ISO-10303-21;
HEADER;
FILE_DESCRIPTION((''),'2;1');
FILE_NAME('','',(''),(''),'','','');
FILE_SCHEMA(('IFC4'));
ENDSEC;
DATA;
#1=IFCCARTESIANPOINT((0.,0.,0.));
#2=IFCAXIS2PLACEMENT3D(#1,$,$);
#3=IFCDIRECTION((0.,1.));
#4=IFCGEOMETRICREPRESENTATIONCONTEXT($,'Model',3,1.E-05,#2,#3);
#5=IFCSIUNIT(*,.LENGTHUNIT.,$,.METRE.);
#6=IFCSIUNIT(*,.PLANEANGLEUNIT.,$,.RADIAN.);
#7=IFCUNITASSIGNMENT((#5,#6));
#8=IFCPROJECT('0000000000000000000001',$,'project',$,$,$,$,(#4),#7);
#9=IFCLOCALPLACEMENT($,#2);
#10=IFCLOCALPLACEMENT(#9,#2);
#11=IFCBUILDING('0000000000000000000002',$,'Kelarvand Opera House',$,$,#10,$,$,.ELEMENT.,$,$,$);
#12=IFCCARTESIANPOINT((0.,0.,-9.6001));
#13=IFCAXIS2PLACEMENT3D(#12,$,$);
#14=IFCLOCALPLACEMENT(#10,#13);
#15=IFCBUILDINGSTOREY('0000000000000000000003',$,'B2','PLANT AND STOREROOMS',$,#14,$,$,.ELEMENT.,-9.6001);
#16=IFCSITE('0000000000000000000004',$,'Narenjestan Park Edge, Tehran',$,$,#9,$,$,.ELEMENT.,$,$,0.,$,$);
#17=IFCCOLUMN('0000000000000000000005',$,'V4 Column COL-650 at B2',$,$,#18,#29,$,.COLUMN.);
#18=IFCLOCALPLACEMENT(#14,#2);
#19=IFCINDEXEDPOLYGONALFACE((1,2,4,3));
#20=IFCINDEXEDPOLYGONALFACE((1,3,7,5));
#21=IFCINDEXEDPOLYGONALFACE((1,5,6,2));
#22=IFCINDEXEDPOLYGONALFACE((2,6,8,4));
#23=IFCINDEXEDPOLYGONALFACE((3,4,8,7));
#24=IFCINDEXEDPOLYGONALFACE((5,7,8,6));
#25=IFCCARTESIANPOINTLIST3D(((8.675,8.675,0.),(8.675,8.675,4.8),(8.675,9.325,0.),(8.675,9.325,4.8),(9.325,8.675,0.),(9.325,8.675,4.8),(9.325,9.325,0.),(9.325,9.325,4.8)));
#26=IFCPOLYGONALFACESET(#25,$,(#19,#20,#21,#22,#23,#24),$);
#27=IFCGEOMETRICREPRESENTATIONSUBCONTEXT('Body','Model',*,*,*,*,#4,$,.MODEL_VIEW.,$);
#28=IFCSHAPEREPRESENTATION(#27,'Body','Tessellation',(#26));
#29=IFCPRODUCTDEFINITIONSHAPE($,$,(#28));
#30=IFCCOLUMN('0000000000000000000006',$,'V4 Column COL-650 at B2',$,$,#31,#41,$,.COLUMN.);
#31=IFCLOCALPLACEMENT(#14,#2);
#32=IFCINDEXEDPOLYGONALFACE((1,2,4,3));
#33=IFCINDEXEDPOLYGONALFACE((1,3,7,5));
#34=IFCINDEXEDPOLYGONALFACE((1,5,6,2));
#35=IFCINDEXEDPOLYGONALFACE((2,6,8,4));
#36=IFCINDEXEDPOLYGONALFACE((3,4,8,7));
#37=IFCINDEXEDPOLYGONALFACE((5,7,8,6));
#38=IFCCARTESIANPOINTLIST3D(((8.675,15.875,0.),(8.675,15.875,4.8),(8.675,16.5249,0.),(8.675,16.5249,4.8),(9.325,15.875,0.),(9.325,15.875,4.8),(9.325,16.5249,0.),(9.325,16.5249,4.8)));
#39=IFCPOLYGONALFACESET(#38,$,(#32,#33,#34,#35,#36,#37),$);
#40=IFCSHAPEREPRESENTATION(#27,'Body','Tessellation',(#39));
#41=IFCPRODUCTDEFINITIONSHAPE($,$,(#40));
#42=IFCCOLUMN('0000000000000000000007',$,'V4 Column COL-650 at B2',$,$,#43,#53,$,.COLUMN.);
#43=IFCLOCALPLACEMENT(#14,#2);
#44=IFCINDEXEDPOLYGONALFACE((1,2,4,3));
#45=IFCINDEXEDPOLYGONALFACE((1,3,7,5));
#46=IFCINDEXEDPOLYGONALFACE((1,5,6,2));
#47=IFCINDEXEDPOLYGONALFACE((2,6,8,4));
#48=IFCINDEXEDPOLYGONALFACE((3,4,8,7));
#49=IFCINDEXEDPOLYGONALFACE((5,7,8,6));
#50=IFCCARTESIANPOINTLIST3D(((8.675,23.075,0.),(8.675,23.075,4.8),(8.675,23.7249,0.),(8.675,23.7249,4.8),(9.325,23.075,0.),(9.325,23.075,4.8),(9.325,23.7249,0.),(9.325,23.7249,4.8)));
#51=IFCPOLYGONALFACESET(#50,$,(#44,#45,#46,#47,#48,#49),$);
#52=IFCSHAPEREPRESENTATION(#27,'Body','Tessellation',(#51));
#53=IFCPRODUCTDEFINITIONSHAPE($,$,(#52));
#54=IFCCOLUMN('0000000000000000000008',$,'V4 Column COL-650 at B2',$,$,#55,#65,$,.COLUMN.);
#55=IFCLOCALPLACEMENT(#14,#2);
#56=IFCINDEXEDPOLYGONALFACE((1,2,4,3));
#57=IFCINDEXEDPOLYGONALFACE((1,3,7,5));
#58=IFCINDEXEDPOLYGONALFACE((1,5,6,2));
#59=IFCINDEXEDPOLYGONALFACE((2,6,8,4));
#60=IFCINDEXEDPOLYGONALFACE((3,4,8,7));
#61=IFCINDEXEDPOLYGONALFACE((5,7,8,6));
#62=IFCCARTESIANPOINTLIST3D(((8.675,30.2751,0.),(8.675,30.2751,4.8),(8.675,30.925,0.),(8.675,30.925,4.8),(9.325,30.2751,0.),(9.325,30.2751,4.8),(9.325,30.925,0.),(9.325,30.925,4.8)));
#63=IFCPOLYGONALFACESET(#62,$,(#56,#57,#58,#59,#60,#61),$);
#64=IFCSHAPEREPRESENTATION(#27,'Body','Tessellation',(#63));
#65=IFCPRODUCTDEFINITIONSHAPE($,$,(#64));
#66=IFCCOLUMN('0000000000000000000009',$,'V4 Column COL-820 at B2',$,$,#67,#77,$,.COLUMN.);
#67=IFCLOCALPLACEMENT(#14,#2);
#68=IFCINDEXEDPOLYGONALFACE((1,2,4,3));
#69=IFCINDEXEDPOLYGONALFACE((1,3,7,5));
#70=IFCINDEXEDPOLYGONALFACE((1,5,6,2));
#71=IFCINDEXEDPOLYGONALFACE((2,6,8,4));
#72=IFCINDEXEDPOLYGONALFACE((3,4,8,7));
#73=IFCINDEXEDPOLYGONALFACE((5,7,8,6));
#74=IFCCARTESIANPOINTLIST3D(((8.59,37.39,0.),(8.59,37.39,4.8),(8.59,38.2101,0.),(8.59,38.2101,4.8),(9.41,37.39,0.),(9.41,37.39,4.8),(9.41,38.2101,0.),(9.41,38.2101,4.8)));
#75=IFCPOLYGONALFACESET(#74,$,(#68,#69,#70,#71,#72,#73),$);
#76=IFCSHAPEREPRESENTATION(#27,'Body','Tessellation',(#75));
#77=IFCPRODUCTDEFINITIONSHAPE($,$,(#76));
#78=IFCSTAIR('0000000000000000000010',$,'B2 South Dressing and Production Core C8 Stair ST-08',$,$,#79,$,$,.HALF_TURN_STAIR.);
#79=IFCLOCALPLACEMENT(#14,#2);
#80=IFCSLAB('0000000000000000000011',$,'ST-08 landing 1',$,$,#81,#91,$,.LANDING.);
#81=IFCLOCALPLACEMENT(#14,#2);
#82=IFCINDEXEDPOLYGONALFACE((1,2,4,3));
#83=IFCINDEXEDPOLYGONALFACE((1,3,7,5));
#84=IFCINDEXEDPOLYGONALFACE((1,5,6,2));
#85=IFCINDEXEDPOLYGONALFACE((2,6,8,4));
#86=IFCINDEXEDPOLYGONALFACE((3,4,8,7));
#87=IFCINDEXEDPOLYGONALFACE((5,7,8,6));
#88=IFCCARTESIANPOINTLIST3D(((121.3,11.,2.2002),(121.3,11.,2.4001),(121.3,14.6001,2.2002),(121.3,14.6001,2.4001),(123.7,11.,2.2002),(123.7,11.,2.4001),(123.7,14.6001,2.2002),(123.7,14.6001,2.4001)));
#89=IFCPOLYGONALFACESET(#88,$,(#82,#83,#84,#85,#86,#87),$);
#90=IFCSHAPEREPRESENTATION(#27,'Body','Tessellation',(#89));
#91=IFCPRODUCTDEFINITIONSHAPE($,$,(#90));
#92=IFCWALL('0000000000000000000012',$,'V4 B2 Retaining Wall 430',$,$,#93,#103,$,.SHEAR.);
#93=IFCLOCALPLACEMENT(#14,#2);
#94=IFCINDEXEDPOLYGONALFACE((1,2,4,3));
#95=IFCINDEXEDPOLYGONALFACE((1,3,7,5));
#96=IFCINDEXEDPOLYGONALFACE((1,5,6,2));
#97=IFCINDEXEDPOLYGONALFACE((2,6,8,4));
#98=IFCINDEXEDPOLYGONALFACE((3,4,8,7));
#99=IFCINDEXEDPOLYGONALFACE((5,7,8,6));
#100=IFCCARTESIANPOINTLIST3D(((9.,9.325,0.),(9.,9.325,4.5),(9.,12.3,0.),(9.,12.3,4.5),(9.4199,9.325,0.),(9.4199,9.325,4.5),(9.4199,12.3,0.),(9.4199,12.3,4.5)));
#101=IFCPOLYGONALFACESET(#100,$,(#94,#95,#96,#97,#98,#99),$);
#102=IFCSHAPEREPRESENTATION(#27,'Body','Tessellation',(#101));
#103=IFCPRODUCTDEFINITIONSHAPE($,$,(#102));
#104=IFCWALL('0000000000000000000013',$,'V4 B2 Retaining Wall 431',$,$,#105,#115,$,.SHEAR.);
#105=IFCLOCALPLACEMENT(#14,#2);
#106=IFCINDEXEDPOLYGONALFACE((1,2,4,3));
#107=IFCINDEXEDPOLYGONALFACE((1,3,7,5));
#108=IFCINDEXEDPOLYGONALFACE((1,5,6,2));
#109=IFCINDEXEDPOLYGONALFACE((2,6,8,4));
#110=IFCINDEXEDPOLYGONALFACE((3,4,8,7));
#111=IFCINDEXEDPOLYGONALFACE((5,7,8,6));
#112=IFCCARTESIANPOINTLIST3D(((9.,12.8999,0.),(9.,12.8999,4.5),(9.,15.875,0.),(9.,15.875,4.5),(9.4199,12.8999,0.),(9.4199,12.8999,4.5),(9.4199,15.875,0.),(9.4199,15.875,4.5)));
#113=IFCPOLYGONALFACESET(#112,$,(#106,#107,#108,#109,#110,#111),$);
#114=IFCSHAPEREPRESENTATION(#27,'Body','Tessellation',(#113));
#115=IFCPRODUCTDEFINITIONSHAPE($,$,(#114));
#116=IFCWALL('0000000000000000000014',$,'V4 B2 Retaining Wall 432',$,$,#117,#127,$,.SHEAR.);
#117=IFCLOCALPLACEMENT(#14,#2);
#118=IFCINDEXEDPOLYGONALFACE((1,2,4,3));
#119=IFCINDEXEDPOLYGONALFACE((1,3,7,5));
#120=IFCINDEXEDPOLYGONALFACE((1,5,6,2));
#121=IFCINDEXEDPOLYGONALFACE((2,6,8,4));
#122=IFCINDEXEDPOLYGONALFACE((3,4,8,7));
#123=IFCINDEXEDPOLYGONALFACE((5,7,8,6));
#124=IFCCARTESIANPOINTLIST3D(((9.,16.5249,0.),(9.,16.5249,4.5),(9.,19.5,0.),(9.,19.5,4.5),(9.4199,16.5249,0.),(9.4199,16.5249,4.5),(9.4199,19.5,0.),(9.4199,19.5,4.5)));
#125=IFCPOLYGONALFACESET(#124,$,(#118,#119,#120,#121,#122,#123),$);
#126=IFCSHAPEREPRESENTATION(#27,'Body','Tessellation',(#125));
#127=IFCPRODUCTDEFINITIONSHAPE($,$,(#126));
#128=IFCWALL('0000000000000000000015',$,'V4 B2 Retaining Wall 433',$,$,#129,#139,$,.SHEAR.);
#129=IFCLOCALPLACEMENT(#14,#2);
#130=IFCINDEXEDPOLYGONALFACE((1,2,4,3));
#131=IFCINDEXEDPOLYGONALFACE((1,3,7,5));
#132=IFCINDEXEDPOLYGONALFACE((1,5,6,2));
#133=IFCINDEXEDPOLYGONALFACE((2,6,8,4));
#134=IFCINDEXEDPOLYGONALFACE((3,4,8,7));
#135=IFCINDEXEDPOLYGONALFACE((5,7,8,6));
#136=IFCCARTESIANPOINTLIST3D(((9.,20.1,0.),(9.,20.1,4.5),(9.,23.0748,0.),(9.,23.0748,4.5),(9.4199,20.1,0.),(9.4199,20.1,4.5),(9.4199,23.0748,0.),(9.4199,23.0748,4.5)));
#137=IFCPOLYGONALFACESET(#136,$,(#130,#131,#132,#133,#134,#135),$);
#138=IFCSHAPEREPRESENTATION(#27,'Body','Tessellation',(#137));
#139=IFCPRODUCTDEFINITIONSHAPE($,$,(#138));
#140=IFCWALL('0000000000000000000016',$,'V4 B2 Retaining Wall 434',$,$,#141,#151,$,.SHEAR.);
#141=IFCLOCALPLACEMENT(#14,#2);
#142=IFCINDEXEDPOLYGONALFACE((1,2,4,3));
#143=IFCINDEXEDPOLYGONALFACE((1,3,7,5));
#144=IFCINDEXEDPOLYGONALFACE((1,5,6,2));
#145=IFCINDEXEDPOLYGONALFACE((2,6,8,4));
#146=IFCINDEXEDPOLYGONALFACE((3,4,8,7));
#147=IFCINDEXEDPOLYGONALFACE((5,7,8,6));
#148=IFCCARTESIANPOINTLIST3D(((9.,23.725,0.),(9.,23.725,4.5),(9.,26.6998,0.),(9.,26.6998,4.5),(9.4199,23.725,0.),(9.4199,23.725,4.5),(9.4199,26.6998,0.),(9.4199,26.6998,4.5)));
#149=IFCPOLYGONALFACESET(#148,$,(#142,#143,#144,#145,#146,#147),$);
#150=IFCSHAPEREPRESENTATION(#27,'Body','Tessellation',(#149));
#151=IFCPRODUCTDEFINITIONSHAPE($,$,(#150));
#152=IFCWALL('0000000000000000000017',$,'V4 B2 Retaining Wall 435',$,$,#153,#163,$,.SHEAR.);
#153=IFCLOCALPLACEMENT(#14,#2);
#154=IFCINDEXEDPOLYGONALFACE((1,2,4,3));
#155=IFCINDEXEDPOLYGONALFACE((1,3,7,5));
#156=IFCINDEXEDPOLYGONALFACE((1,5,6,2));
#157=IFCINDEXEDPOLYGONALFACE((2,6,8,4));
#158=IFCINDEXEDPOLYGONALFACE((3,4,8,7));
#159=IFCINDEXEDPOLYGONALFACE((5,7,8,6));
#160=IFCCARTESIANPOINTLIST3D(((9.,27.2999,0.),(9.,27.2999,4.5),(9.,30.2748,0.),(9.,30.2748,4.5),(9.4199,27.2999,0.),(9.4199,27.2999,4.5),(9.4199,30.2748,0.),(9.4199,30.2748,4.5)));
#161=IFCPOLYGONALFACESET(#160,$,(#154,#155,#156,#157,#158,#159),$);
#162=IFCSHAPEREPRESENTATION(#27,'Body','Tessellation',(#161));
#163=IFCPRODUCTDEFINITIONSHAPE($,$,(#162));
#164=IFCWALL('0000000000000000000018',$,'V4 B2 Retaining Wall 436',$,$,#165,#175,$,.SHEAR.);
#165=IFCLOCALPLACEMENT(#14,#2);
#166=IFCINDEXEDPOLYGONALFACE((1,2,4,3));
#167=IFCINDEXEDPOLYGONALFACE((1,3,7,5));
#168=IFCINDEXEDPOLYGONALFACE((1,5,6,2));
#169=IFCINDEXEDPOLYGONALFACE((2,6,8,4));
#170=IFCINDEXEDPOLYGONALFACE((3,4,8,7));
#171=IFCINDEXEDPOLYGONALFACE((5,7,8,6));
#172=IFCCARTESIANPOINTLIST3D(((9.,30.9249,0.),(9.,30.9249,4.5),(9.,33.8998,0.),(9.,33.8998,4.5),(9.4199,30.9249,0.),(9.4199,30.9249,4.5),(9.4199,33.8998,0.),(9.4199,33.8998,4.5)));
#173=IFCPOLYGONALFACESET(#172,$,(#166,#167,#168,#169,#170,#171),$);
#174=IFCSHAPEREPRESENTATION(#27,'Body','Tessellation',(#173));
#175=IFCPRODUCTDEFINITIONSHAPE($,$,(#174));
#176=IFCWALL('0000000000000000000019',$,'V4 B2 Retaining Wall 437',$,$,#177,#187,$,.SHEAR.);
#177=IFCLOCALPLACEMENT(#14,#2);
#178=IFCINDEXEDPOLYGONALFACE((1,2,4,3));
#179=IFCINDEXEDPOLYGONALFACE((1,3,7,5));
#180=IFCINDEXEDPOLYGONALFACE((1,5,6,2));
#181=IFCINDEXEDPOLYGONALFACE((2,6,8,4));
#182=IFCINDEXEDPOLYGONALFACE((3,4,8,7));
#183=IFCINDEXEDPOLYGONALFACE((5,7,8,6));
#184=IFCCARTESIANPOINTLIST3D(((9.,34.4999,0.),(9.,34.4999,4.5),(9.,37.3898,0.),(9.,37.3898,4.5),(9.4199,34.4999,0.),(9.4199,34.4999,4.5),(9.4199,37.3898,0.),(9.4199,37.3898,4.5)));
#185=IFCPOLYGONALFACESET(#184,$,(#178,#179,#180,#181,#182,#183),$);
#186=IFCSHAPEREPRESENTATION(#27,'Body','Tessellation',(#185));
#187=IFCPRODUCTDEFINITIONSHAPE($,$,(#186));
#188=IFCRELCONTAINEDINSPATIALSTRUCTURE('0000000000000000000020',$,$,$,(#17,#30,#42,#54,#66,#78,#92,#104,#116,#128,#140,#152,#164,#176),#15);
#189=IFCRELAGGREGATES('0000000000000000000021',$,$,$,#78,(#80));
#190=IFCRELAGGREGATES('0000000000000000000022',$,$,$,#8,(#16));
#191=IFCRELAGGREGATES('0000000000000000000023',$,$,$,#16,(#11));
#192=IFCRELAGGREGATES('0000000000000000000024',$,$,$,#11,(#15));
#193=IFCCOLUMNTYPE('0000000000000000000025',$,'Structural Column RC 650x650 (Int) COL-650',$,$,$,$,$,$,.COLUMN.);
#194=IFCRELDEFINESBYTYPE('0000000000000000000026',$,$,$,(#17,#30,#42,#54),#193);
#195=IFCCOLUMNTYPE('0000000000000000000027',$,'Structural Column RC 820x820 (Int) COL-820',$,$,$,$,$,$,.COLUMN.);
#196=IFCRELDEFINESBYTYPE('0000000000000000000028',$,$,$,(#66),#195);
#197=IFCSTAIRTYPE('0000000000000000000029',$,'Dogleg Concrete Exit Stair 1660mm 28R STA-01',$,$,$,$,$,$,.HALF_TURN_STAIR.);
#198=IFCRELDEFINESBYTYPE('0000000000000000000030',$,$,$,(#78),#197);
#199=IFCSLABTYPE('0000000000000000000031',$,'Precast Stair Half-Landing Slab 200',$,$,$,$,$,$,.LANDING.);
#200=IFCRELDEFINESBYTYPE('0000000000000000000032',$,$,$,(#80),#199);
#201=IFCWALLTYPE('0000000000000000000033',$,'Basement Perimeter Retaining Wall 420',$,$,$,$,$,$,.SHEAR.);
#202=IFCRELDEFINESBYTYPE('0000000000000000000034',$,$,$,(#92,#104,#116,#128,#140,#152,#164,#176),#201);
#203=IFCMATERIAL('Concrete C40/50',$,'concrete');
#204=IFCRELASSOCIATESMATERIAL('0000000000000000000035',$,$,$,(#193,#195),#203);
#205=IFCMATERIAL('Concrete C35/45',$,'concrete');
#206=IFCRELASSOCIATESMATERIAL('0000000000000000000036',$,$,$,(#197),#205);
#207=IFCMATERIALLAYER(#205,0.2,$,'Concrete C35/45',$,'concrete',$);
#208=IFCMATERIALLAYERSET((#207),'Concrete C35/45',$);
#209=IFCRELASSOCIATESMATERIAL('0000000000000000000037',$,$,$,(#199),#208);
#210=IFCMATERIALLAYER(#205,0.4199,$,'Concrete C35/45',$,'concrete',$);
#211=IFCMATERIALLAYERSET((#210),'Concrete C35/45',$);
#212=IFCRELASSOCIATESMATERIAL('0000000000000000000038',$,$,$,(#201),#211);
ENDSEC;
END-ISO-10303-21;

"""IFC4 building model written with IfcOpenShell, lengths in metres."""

from ifc_helpers import new_model, si_unit, direction, frame, frame_2d, origin, origin_2d, place, context, subcontext, project, spatial, polyline, rectangle, outline, extrude, material, layer, layer_set, material_profile, profile_set, type_object, element, aggregate, save


model = new_model("IFC4")

# Units and contexts
model_context = context("Model", 3, precision=1e-05, world=origin(), true_north=direction((0.0, 1.0)))
body_context = subcontext(model_context, "Body", "Model", "MODEL_VIEW")
ifc_project = project(units=[si_unit("LENGTHUNIT", "METRE"), si_unit("PLANEANGLEUNIT", "RADIAN")], contexts=[model_context])

# Site, building, storey
site_placement = place(None, origin())
site = spatial("IfcSite", under=ifc_project, at=site_placement, Name="Narenjestan Park Edge, Tehran", CompositionType="ELEMENT", RefElevation=0.0)
building_placement = place(site_placement, origin())
building = spatial("IfcBuilding", under=site, at=building_placement, Name="Kelarvand Opera House", CompositionType="ELEMENT")
storey_placement = place(building_placement, frame((0.0, 0.0, -9.6001)))
storey = spatial("IfcBuildingStorey", under=building, at=storey_placement, Name="B2", Description="PLANT AND STOREROOMS", CompositionType="ELEMENT", Elevation=-9.6001)

# Shared definitions
ifc_material_1 = material(Name="Concrete C40/50", Category="concrete")

# Columns
ifc_material_profile_1 = material_profile(ifc_material_1, rectangle(XDim=0.6499, YDim=0.6499, at=origin_2d()), Name="RC 650x650", Category="concrete")
ifc_profile_set_1 = profile_set([ifc_material_profile_1], Name="Concrete C40/50")
column_type_1 = type_object("IfcColumnType", Name="Structural Column RC 650x650 (Int) COL-650", PredefinedType="COLUMN", material=ifc_profile_set_1)
for number, where, z_axis, x_axis, name in (
    (1, (9.0, 9.0, 0.0), (0.0, 0.0, 1.0), (1.0, 0.0, 0.0), "V4 Column COL-650 at B2"),
    (2, (9.0, 16.2, 0.0), (0.0, 0.0, 1.0), (1.0, 0.0, 0.0), "V4 Column COL-650 at B2"),
    (3, (9.0, 23.3999, 0.0), (0.0, 0.0, 1.0), (1.0, 0.0, 0.0), "V4 Column COL-650 at B2"),
    (4, (9.0, 30.6001, 0.0), (0.0, 0.0, 1.0), (1.0, 0.0, 0.0), "V4 Column COL-650 at B2"),
):
    element("IfcColumn", number, at=place(storey_placement, frame(where, z_axis=z_axis, x_axis=x_axis)), inside=storey, type_object=column_type_1, Name=name, PredefinedType="COLUMN", context=body_context, shape_type="SweptSolid", body=[
        extrude(rectangle(XDim=0.6499, YDim=0.6499, at=origin_2d()), origin(), (0.0, 0.0, 1.0), 4.8),
    ])
ifc_material_profile_2 = material_profile(ifc_material_1, rectangle(XDim=0.8201, YDim=0.8201, at=origin_2d()), Name="RC 820x820", Category="concrete")
ifc_profile_set_2 = profile_set([ifc_material_profile_2], Name="Concrete C40/50")
column_type_2 = type_object("IfcColumnType", Name="Structural Column RC 820x820 (Int) COL-820", PredefinedType="COLUMN", material=ifc_profile_set_2)
column_placement = place(storey_placement, frame((9.0, 37.8, 0.0), z_axis=(0.0, 0.0, 1.0), x_axis=(1.0, 0.0, 0.0)))
element("IfcColumn", 5, at=column_placement, inside=storey, type_object=column_type_2, Name="V4 Column COL-820 at B2", PredefinedType="COLUMN", context=body_context, shape_type="SweptSolid", body=[
    extrude(rectangle(XDim=0.8201, YDim=0.8201, at=origin_2d()), origin(), (0.0, 0.0, 1.0), 4.8),
])

# Stair, slab
ifc_material_2 = material(Name="Concrete C35/45", Category="concrete")
stair_type = type_object("IfcStairType", Name="Dogleg Concrete Exit Stair 1660mm 28R STA-01", PredefinedType="HALF_TURN_STAIR", material=ifc_material_2)
stair_placement = place(storey_placement, origin())
stair = element("IfcStair", 6, at=stair_placement, inside=storey, type_object=stair_type, Name="B2 South Dressing and Production Core C8 Stair ST-08", PredefinedType="HALF_TURN_STAIR")
ifc_layer_1 = layer(ifc_material_2, 0.2, Name="Concrete C35/45", Category="concrete")
ifc_layer_set_1 = layer_set([ifc_layer_1], Name="Concrete C35/45")
slab_type = type_object("IfcSlabType", Name="Precast Stair Half-Landing Slab 200", PredefinedType="LANDING", material=ifc_layer_set_1)
slab_placement = place(storey_placement, frame((0.0, 0.0, 2.2002)))
slab = element("IfcSlab", 7, at=slab_placement, type_object=slab_type, Name="ST-08 landing 1", PredefinedType="LANDING", context=body_context, shape_type="SweptSolid", body=[
    extrude(outline(polyline([(121.3, 11.0), (123.7, 11.0), (123.7, 14.6001), (121.3, 14.6001), (121.3, 11.0)])), origin(), (0.0, 0.0, 1.0), 0.2),
])
aggregate(stair, [slab])

# Walls
ifc_layer_2 = layer(ifc_material_2, 0.4199, Name="Concrete C35/45", Category="concrete")
ifc_layer_set_2 = layer_set([ifc_layer_2], Name="Concrete C35/45")
wall_type = type_object("IfcWallType", Name="Basement Perimeter Retaining Wall 420", PredefinedType="SHEAR", material=ifc_layer_set_2)
for number, where, z_axis, x_axis, name in (
    (8, (9.21, 9.325, 0.0), (0.0, 0.0, 1.0), (0.0, 1.0, 0.0), "V4 B2 Retaining Wall 430"),
    (9, (9.21, 12.8999, 0.0), (0.0, 0.0, 1.0), (0.0, 1.0, 0.0), "V4 B2 Retaining Wall 431"),
    (10, (9.21, 16.5249, 0.0), (0.0, 0.0, 1.0), (0.0, 1.0, 0.0), "V4 B2 Retaining Wall 432"),
):
    element("IfcWall", number, at=place(storey_placement, frame(where, z_axis=z_axis, x_axis=x_axis)), inside=storey, type_object=wall_type, Name=name, PredefinedType="SHEAR", context=body_context, shape_type="SweptSolid", body=[
        extrude(rectangle(XDim=2.9751, YDim=0.4199, at=frame_2d((1.4875, 0.0))), origin(), (0.0, 0.0, 1.0), 4.5),
    ])
for number, where, z_axis, x_axis, name in (
    (11, (9.21, 20.1001, 0.0), (0.0, 0.0, 1.0), (0.0, 1.0, 0.0), "V4 B2 Retaining Wall 433"),
    (12, (9.21, 23.7251, 0.0), (0.0, 0.0, 1.0), (0.0, 1.0, 0.0), "V4 B2 Retaining Wall 434"),
    (13, (9.21, 27.3, 0.0), (0.0, 0.0, 1.0), (0.0, 1.0, 0.0), "V4 B2 Retaining Wall 435"),
    (14, (9.21, 30.925, 0.0), (0.0, 0.0, 1.0), (0.0, 1.0, 0.0), "V4 B2 Retaining Wall 436"),
):
    element("IfcWall", number, at=place(storey_placement, frame(where, z_axis=z_axis, x_axis=x_axis)), inside=storey, type_object=wall_type, Name=name, PredefinedType="SHEAR", context=body_context, shape_type="SweptSolid", body=[
        extrude(rectangle(XDim=2.9749, YDim=0.4199, at=frame_2d((1.4873, 0.0))), origin(), (0.0, 0.0, 1.0), 4.5),
    ])
wall_placement = place(storey_placement, frame((9.21, 34.5, 0.0), z_axis=(0.0, 0.0, 1.0), x_axis=(0.0, 1.0, 0.0)))
element("IfcWall", 15, at=wall_placement, inside=storey, type_object=wall_type, Name="V4 B2 Retaining Wall 437", PredefinedType="SHEAR", context=body_context, shape_type="SweptSolid", body=[
    extrude(rectangle(XDim=2.8899, YDim=0.4199, at=frame_2d((1.4448, 0.0))), origin(), (0.0, 0.0, 1.0), 4.5),
])

save(model, "model.ifc")
